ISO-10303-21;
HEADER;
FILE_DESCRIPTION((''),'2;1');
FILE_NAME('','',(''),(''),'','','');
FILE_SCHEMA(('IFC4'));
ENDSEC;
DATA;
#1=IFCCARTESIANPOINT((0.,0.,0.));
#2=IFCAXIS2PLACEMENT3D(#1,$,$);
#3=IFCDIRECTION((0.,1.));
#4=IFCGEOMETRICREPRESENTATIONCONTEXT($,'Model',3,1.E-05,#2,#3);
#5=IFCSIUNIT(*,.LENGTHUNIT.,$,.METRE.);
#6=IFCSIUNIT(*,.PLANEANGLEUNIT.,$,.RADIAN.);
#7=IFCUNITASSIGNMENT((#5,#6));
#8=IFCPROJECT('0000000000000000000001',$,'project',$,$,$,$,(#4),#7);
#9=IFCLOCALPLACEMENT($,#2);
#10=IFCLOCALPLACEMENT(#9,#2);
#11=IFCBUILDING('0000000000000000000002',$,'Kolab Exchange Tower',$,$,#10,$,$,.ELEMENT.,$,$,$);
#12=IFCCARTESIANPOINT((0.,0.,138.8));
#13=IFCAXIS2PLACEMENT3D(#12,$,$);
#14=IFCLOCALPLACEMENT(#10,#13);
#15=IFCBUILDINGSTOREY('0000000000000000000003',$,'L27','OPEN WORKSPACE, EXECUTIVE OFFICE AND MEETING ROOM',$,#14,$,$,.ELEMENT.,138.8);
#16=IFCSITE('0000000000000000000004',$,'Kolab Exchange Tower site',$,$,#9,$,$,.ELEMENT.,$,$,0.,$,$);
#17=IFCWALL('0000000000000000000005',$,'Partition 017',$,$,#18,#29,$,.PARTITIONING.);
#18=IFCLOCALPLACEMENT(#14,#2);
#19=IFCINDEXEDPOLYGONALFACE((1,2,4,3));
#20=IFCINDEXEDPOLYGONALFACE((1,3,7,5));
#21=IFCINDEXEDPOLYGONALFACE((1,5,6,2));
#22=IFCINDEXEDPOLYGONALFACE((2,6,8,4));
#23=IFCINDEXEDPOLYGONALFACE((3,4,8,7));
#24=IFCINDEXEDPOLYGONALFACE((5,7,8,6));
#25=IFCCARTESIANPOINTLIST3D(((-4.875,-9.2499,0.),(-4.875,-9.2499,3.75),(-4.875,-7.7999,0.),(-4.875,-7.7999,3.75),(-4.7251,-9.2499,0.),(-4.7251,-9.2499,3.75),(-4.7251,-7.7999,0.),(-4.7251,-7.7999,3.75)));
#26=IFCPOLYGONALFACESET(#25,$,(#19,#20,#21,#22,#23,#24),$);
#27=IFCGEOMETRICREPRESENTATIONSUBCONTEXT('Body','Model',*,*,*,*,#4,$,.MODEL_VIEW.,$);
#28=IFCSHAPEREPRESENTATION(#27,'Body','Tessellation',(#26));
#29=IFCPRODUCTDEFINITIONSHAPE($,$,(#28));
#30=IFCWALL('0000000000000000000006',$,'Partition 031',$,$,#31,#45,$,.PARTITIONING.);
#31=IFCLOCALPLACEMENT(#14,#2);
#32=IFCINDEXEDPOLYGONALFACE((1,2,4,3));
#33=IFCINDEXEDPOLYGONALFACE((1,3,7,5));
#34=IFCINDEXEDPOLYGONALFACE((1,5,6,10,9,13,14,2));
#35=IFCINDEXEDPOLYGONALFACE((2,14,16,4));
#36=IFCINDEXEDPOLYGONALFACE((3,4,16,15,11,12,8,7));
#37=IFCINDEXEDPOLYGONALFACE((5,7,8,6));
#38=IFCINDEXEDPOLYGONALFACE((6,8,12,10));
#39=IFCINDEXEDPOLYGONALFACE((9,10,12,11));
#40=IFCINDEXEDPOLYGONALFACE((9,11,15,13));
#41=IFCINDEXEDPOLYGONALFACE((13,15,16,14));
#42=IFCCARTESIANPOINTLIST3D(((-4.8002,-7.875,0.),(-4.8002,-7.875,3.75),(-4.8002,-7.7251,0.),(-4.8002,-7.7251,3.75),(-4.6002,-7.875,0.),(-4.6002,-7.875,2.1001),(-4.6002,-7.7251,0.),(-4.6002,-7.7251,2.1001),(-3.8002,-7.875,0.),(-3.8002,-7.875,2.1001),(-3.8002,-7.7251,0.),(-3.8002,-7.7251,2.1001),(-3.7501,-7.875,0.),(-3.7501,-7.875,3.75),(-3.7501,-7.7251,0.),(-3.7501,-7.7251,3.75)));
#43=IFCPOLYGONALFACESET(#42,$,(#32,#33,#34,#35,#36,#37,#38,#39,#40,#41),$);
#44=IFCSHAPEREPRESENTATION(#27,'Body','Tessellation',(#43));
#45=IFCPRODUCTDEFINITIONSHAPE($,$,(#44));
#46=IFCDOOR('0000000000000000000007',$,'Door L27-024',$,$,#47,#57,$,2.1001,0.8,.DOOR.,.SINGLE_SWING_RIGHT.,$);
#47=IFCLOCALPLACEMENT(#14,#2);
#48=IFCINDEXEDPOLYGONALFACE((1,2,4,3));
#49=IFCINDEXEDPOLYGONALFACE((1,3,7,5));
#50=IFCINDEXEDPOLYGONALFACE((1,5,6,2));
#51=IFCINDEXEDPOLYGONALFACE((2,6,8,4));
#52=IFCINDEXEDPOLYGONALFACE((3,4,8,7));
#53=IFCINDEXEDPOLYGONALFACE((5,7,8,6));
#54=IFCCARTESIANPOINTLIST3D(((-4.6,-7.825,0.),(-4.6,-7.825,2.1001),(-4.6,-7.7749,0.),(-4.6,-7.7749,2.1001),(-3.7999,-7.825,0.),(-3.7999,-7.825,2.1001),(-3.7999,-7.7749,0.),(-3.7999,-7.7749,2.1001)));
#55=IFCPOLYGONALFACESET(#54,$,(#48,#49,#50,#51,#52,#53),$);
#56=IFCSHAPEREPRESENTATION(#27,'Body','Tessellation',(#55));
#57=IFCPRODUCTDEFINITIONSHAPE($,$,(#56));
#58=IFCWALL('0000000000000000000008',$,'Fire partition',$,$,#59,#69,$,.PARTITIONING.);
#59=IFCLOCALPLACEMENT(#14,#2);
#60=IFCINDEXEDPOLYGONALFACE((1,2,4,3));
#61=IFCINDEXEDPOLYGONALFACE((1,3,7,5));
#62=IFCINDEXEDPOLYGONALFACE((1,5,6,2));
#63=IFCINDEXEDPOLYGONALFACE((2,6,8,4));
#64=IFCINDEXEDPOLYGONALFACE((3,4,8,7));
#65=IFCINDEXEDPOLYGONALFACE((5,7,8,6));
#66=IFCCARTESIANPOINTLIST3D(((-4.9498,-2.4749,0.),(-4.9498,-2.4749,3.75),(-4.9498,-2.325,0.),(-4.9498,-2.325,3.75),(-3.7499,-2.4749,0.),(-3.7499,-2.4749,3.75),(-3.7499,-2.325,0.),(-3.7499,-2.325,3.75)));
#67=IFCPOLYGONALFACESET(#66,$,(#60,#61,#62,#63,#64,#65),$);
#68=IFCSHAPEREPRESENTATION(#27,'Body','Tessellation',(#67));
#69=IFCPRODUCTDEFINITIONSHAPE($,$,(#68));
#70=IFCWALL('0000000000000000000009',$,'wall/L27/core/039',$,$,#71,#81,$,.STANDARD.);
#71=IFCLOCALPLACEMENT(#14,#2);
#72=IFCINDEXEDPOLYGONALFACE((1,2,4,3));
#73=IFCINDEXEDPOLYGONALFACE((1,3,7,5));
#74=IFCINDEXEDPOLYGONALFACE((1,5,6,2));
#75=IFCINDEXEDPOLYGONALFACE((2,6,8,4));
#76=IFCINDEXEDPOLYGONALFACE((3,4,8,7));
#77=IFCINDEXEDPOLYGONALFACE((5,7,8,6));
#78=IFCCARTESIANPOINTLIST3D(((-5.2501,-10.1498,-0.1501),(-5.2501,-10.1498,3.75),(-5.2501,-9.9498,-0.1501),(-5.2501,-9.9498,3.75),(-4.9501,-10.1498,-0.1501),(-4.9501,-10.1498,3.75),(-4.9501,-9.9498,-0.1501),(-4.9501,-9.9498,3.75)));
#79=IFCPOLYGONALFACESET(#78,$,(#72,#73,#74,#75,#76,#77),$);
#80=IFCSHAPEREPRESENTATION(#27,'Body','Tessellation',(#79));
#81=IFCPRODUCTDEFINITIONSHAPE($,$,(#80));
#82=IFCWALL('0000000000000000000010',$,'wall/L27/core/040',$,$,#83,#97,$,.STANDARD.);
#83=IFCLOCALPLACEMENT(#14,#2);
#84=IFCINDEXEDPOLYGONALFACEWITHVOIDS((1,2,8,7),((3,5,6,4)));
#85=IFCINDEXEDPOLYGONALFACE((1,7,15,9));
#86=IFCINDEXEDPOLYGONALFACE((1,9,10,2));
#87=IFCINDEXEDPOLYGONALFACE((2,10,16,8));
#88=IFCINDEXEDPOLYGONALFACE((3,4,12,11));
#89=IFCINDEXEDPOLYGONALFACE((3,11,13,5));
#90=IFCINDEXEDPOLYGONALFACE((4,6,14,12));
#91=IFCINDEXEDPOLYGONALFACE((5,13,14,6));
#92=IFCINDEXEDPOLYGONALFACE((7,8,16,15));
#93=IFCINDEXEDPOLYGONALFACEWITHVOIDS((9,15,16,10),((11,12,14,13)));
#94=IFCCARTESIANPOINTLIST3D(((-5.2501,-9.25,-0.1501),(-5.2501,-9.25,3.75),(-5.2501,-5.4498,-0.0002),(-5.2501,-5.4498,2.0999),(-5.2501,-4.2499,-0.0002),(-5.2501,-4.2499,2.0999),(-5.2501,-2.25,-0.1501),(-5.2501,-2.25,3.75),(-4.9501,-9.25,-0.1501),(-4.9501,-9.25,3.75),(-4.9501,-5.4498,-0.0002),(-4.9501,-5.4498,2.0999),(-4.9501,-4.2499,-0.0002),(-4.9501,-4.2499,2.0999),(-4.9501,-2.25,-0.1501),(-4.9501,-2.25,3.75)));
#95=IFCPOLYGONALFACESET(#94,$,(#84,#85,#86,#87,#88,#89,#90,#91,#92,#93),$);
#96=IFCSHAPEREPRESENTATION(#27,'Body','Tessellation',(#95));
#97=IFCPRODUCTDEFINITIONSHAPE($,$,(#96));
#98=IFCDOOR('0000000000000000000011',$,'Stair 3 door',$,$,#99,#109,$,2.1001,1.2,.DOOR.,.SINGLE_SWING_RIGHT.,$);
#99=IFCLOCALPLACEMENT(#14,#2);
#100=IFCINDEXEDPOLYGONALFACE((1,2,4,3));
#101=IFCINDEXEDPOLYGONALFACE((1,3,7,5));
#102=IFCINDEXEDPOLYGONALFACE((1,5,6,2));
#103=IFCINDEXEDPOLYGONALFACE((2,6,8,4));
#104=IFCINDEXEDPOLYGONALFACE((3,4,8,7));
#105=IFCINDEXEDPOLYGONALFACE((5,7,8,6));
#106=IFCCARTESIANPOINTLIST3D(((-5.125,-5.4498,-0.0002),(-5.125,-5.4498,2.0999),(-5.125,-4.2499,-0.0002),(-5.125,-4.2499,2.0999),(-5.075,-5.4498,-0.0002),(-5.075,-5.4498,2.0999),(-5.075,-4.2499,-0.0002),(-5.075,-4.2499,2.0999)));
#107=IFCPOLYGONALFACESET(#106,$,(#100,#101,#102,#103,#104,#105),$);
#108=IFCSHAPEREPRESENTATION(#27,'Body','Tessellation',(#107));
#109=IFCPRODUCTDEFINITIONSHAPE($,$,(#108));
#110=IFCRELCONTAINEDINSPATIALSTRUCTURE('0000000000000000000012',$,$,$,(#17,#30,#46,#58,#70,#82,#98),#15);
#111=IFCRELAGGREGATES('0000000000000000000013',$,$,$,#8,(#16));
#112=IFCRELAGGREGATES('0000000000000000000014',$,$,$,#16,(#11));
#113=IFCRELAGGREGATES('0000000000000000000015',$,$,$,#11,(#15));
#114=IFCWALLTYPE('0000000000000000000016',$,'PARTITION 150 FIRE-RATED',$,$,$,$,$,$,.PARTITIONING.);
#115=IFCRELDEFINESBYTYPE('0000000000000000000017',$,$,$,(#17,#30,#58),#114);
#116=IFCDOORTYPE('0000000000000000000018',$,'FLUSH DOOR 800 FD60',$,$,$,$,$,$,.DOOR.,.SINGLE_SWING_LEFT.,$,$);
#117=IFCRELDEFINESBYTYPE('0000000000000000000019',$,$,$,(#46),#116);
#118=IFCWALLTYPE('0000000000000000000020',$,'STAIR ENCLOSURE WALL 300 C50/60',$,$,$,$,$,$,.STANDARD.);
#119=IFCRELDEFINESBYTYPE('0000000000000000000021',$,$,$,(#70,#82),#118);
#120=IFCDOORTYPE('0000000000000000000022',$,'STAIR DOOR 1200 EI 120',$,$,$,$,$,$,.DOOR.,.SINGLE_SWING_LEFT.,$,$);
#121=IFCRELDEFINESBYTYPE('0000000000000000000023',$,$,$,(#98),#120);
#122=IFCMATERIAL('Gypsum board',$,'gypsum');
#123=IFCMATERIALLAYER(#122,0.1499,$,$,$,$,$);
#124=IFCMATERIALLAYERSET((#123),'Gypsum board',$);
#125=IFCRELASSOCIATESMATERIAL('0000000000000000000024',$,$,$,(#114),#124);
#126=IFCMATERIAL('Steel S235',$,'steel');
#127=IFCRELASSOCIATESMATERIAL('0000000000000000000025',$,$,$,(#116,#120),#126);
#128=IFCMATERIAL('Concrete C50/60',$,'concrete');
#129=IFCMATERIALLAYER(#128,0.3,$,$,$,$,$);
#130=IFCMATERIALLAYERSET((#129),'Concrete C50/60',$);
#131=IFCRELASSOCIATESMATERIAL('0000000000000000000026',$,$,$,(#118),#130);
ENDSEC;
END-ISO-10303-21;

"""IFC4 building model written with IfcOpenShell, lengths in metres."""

from ifc_helpers import new_model, si_unit, direction, frame, frame_2d, origin, place, context, subcontext, project, spatial, rectangle, extrude, material, layer, layer_set, type_object, element, fill, save


model = new_model("IFC4")

# Units and contexts
model_context = context("Model", 3, precision=1e-05, world=origin(), true_north=direction((0.0, 1.0)))
body_context = subcontext(model_context, "Body", "Model", "MODEL_VIEW")
ifc_project = project(units=[si_unit("LENGTHUNIT", "METRE"), si_unit("PLANEANGLEUNIT", "RADIAN")], contexts=[model_context])

# Site, building, storey
site_placement = place(None, origin())
site = spatial("IfcSite", under=ifc_project, at=site_placement, Name="Kolab Exchange Tower site", CompositionType="ELEMENT", RefElevation=0.0)
building_placement = place(site_placement, origin())
building = spatial("IfcBuilding", under=site, at=building_placement, Name="Kolab Exchange Tower", CompositionType="ELEMENT")
storey_placement = place(building_placement, frame((0.0, 0.0, 138.8)))
storey = spatial("IfcBuildingStorey", under=building, at=storey_placement, Name="L27", Description="OPEN WORKSPACE, EXECUTIVE OFFICE AND MEETING ROOM", CompositionType="ELEMENT", Elevation=138.8)

# Shared definitions
ifc_material_1 = material(Name="Concrete C50/60", Category="concrete")

# Wall
ifc_material_2 = material(Name="Gypsum board", Category="gypsum")
ifc_layer_1 = layer(ifc_material_2, 0.1499)
ifc_layer_set_1 = layer_set([ifc_layer_1], Name="Gypsum board")
wall_type_1 = type_object("IfcWallType", Name="PARTITION 150 FIRE-RATED", PredefinedType="PARTITIONING", material=ifc_layer_set_1)
wall_1_placement = place(storey_placement, frame((-4.8, -9.25, 0.0), z_axis=(0.0, 0.0, 1.0), x_axis=(0.0, 1.0, 0.0)))
element("IfcWall", 1, at=wall_1_placement, inside=storey, type_object=wall_type_1, Name="Partition 017", PredefinedType="PARTITIONING", context=body_context, shape_type="SweptSolid", body=[
    extrude(rectangle(XDim=1.45, YDim=0.1499, at=frame_2d((0.7251, 0.0))), origin(), (0.0, 0.0, 1.0), 3.75),
])

# Wall, opening, door
wall_2_placement = place(storey_placement, frame((-4.8, -7.8, 0.0), z_axis=(0.0, 0.0, 1.0), x_axis=(1.0, 0.0, 0.0)))
wall_2 = element("IfcWall", 2, at=wall_2_placement, inside=storey, type_object=wall_type_1, Name="Partition 031", PredefinedType="PARTITIONING", context=body_context, shape_type="SweptSolid", body=[
    extrude(rectangle(XDim=1.05, YDim=0.1499, at=frame_2d((0.5249, 0.0))), origin(), (0.0, 0.0, 1.0), 3.75),
])
opening_1_placement = place(wall_2_placement, frame((0.2, 0.0, 0.0)))
opening_1 = element("IfcOpeningElement", 3, at=opening_1_placement, cuts=wall_2, PredefinedType="OPENING", context=body_context, shape_type="SweptSolid", body=[
    extrude(rectangle(XDim=0.8, YDim=2.1001, at=frame_2d((0.3999, 1.05))), frame((0.0, 0.085, 0.0), z_axis=(0.0, -1.0, 0.0), x_axis=(1.0, 0.0, 0.0)), (0.0, 0.0, 1.0), 0.1699),
])
ifc_material_3 = material(Name="Steel S235", Category="steel")
door_type_1 = type_object("IfcDoorType", Name="FLUSH DOOR 800 FD60", OperationType="SINGLE_SWING_LEFT", PredefinedType="DOOR", material=ifc_material_3)
door_1_placement = place(opening_1_placement, frame((0.8, 0.0, 0.0), z_axis=(0.0, 0.0, 1.0), x_axis=(-1.0, 0.0, 0.0)))
door_1 = element("IfcDoor", 4, at=door_1_placement, inside=storey, type_object=door_type_1, Name="Door L27-024", OperationType="SINGLE_SWING_RIGHT", OverallHeight=2.1001, OverallWidth=0.8, PredefinedType="DOOR", context=body_context, shape_type="SweptSolid", body=[
    extrude(rectangle(XDim=0.8, YDim=2.1001, at=frame_2d((0.3999, 1.05))), frame((0.0, 0.0249, 0.0), z_axis=(0.0, -1.0, 0.0), x_axis=(1.0, 0.0, 0.0)), (0.0, 0.0, 1.0), 0.05),
])
fill(opening_1, door_1)

# Walls
wall_3_placement = place(storey_placement, frame((-4.95, -2.3999, 0.0), z_axis=(0.0, 0.0, 1.0), x_axis=(1.0, 0.0, 0.0)))
element("IfcWall", 5, at=wall_3_placement, inside=storey, type_object=wall_type_1, Name="Fire partition", PredefinedType="PARTITIONING", context=body_context, shape_type="SweptSolid", body=[
    extrude(rectangle(XDim=1.2, YDim=0.1499, at=frame_2d((0.6001, 0.0))), origin(), (0.0, 0.0, 1.0), 3.75),
])
ifc_layer_2 = layer(ifc_material_1, 0.3)
ifc_layer_set_2 = layer_set([ifc_layer_2], Name="Concrete C50/60")
wall_type_2 = type_object("IfcWallType", Name="STAIR ENCLOSURE WALL 300 C50/60", PredefinedType="STANDARD", material=ifc_layer_set_2)
wall_4_placement = place(storey_placement, frame((-5.1001, -10.1499, -0.1501), z_axis=(0.0, 0.0, 1.0), x_axis=(0.0, 1.0, 0.0)))
element("IfcWall", 6, at=wall_4_placement, inside=storey, type_object=wall_type_2, Name="wall/L27/core/039", PredefinedType="STANDARD", context=body_context, shape_type="SweptSolid", body=[
    extrude(rectangle(XDim=0.2, YDim=0.3, at=frame_2d((0.1001, 0.0))), origin(), (0.0, 0.0, 1.0), 3.9001),
])

# Wall, opening, door
wall_5_placement = place(storey_placement, frame((-5.1001, -9.25, -0.1501), z_axis=(0.0, 0.0, 1.0), x_axis=(0.0, 1.0, 0.0)))
wall_5 = element("IfcWall", 7, at=wall_5_placement, inside=storey, type_object=wall_type_2, Name="wall/L27/core/040", PredefinedType="STANDARD", context=body_context, shape_type="SweptSolid", body=[
    extrude(rectangle(XDim=7.0, YDim=0.3, at=frame_2d((3.5, 0.0))), origin(), (0.0, 0.0, 1.0), 3.9001),
])
opening_2_placement = place(wall_5_placement, frame((3.8, 0.0, 0.1499)))
opening_2 = element("IfcOpeningElement", 8, at=opening_2_placement, cuts=wall_5, PredefinedType="OPENING", context=body_context, shape_type="SweptSolid", body=[
    extrude(rectangle(XDim=1.2, YDim=2.1001, at=frame_2d((0.6001, 1.05))), frame((0.0, 0.1602, 0.0), z_axis=(0.0, -1.0, 0.0), x_axis=(1.0, 0.0, 0.0)), (0.0, 0.0, 1.0), 0.3201),
])
door_type_2 = type_object("IfcDoorType", Name="STAIR DOOR 1200 EI 120", OperationType="SINGLE_SWING_LEFT", PredefinedType="DOOR", material=ifc_material_3)
door_2_placement = place(opening_2_placement, origin())
door_2 = element("IfcDoor", 9, at=door_2_placement, inside=storey, type_object=door_type_2, Name="Stair 3 door", OperationType="SINGLE_SWING_RIGHT", OverallHeight=2.1001, OverallWidth=1.2, PredefinedType="DOOR", context=body_context, shape_type="SweptSolid", body=[
    extrude(rectangle(XDim=1.2, YDim=2.1001, at=frame_2d((0.6001, 1.05))), frame((0.0, 0.0249, 0.0), z_axis=(0.0, -1.0, 0.0), x_axis=(1.0, 0.0, 0.0)), (0.0, 0.0, 1.0), 0.05),
])
fill(opening_2, door_2)

save(model, "model.ifc")
